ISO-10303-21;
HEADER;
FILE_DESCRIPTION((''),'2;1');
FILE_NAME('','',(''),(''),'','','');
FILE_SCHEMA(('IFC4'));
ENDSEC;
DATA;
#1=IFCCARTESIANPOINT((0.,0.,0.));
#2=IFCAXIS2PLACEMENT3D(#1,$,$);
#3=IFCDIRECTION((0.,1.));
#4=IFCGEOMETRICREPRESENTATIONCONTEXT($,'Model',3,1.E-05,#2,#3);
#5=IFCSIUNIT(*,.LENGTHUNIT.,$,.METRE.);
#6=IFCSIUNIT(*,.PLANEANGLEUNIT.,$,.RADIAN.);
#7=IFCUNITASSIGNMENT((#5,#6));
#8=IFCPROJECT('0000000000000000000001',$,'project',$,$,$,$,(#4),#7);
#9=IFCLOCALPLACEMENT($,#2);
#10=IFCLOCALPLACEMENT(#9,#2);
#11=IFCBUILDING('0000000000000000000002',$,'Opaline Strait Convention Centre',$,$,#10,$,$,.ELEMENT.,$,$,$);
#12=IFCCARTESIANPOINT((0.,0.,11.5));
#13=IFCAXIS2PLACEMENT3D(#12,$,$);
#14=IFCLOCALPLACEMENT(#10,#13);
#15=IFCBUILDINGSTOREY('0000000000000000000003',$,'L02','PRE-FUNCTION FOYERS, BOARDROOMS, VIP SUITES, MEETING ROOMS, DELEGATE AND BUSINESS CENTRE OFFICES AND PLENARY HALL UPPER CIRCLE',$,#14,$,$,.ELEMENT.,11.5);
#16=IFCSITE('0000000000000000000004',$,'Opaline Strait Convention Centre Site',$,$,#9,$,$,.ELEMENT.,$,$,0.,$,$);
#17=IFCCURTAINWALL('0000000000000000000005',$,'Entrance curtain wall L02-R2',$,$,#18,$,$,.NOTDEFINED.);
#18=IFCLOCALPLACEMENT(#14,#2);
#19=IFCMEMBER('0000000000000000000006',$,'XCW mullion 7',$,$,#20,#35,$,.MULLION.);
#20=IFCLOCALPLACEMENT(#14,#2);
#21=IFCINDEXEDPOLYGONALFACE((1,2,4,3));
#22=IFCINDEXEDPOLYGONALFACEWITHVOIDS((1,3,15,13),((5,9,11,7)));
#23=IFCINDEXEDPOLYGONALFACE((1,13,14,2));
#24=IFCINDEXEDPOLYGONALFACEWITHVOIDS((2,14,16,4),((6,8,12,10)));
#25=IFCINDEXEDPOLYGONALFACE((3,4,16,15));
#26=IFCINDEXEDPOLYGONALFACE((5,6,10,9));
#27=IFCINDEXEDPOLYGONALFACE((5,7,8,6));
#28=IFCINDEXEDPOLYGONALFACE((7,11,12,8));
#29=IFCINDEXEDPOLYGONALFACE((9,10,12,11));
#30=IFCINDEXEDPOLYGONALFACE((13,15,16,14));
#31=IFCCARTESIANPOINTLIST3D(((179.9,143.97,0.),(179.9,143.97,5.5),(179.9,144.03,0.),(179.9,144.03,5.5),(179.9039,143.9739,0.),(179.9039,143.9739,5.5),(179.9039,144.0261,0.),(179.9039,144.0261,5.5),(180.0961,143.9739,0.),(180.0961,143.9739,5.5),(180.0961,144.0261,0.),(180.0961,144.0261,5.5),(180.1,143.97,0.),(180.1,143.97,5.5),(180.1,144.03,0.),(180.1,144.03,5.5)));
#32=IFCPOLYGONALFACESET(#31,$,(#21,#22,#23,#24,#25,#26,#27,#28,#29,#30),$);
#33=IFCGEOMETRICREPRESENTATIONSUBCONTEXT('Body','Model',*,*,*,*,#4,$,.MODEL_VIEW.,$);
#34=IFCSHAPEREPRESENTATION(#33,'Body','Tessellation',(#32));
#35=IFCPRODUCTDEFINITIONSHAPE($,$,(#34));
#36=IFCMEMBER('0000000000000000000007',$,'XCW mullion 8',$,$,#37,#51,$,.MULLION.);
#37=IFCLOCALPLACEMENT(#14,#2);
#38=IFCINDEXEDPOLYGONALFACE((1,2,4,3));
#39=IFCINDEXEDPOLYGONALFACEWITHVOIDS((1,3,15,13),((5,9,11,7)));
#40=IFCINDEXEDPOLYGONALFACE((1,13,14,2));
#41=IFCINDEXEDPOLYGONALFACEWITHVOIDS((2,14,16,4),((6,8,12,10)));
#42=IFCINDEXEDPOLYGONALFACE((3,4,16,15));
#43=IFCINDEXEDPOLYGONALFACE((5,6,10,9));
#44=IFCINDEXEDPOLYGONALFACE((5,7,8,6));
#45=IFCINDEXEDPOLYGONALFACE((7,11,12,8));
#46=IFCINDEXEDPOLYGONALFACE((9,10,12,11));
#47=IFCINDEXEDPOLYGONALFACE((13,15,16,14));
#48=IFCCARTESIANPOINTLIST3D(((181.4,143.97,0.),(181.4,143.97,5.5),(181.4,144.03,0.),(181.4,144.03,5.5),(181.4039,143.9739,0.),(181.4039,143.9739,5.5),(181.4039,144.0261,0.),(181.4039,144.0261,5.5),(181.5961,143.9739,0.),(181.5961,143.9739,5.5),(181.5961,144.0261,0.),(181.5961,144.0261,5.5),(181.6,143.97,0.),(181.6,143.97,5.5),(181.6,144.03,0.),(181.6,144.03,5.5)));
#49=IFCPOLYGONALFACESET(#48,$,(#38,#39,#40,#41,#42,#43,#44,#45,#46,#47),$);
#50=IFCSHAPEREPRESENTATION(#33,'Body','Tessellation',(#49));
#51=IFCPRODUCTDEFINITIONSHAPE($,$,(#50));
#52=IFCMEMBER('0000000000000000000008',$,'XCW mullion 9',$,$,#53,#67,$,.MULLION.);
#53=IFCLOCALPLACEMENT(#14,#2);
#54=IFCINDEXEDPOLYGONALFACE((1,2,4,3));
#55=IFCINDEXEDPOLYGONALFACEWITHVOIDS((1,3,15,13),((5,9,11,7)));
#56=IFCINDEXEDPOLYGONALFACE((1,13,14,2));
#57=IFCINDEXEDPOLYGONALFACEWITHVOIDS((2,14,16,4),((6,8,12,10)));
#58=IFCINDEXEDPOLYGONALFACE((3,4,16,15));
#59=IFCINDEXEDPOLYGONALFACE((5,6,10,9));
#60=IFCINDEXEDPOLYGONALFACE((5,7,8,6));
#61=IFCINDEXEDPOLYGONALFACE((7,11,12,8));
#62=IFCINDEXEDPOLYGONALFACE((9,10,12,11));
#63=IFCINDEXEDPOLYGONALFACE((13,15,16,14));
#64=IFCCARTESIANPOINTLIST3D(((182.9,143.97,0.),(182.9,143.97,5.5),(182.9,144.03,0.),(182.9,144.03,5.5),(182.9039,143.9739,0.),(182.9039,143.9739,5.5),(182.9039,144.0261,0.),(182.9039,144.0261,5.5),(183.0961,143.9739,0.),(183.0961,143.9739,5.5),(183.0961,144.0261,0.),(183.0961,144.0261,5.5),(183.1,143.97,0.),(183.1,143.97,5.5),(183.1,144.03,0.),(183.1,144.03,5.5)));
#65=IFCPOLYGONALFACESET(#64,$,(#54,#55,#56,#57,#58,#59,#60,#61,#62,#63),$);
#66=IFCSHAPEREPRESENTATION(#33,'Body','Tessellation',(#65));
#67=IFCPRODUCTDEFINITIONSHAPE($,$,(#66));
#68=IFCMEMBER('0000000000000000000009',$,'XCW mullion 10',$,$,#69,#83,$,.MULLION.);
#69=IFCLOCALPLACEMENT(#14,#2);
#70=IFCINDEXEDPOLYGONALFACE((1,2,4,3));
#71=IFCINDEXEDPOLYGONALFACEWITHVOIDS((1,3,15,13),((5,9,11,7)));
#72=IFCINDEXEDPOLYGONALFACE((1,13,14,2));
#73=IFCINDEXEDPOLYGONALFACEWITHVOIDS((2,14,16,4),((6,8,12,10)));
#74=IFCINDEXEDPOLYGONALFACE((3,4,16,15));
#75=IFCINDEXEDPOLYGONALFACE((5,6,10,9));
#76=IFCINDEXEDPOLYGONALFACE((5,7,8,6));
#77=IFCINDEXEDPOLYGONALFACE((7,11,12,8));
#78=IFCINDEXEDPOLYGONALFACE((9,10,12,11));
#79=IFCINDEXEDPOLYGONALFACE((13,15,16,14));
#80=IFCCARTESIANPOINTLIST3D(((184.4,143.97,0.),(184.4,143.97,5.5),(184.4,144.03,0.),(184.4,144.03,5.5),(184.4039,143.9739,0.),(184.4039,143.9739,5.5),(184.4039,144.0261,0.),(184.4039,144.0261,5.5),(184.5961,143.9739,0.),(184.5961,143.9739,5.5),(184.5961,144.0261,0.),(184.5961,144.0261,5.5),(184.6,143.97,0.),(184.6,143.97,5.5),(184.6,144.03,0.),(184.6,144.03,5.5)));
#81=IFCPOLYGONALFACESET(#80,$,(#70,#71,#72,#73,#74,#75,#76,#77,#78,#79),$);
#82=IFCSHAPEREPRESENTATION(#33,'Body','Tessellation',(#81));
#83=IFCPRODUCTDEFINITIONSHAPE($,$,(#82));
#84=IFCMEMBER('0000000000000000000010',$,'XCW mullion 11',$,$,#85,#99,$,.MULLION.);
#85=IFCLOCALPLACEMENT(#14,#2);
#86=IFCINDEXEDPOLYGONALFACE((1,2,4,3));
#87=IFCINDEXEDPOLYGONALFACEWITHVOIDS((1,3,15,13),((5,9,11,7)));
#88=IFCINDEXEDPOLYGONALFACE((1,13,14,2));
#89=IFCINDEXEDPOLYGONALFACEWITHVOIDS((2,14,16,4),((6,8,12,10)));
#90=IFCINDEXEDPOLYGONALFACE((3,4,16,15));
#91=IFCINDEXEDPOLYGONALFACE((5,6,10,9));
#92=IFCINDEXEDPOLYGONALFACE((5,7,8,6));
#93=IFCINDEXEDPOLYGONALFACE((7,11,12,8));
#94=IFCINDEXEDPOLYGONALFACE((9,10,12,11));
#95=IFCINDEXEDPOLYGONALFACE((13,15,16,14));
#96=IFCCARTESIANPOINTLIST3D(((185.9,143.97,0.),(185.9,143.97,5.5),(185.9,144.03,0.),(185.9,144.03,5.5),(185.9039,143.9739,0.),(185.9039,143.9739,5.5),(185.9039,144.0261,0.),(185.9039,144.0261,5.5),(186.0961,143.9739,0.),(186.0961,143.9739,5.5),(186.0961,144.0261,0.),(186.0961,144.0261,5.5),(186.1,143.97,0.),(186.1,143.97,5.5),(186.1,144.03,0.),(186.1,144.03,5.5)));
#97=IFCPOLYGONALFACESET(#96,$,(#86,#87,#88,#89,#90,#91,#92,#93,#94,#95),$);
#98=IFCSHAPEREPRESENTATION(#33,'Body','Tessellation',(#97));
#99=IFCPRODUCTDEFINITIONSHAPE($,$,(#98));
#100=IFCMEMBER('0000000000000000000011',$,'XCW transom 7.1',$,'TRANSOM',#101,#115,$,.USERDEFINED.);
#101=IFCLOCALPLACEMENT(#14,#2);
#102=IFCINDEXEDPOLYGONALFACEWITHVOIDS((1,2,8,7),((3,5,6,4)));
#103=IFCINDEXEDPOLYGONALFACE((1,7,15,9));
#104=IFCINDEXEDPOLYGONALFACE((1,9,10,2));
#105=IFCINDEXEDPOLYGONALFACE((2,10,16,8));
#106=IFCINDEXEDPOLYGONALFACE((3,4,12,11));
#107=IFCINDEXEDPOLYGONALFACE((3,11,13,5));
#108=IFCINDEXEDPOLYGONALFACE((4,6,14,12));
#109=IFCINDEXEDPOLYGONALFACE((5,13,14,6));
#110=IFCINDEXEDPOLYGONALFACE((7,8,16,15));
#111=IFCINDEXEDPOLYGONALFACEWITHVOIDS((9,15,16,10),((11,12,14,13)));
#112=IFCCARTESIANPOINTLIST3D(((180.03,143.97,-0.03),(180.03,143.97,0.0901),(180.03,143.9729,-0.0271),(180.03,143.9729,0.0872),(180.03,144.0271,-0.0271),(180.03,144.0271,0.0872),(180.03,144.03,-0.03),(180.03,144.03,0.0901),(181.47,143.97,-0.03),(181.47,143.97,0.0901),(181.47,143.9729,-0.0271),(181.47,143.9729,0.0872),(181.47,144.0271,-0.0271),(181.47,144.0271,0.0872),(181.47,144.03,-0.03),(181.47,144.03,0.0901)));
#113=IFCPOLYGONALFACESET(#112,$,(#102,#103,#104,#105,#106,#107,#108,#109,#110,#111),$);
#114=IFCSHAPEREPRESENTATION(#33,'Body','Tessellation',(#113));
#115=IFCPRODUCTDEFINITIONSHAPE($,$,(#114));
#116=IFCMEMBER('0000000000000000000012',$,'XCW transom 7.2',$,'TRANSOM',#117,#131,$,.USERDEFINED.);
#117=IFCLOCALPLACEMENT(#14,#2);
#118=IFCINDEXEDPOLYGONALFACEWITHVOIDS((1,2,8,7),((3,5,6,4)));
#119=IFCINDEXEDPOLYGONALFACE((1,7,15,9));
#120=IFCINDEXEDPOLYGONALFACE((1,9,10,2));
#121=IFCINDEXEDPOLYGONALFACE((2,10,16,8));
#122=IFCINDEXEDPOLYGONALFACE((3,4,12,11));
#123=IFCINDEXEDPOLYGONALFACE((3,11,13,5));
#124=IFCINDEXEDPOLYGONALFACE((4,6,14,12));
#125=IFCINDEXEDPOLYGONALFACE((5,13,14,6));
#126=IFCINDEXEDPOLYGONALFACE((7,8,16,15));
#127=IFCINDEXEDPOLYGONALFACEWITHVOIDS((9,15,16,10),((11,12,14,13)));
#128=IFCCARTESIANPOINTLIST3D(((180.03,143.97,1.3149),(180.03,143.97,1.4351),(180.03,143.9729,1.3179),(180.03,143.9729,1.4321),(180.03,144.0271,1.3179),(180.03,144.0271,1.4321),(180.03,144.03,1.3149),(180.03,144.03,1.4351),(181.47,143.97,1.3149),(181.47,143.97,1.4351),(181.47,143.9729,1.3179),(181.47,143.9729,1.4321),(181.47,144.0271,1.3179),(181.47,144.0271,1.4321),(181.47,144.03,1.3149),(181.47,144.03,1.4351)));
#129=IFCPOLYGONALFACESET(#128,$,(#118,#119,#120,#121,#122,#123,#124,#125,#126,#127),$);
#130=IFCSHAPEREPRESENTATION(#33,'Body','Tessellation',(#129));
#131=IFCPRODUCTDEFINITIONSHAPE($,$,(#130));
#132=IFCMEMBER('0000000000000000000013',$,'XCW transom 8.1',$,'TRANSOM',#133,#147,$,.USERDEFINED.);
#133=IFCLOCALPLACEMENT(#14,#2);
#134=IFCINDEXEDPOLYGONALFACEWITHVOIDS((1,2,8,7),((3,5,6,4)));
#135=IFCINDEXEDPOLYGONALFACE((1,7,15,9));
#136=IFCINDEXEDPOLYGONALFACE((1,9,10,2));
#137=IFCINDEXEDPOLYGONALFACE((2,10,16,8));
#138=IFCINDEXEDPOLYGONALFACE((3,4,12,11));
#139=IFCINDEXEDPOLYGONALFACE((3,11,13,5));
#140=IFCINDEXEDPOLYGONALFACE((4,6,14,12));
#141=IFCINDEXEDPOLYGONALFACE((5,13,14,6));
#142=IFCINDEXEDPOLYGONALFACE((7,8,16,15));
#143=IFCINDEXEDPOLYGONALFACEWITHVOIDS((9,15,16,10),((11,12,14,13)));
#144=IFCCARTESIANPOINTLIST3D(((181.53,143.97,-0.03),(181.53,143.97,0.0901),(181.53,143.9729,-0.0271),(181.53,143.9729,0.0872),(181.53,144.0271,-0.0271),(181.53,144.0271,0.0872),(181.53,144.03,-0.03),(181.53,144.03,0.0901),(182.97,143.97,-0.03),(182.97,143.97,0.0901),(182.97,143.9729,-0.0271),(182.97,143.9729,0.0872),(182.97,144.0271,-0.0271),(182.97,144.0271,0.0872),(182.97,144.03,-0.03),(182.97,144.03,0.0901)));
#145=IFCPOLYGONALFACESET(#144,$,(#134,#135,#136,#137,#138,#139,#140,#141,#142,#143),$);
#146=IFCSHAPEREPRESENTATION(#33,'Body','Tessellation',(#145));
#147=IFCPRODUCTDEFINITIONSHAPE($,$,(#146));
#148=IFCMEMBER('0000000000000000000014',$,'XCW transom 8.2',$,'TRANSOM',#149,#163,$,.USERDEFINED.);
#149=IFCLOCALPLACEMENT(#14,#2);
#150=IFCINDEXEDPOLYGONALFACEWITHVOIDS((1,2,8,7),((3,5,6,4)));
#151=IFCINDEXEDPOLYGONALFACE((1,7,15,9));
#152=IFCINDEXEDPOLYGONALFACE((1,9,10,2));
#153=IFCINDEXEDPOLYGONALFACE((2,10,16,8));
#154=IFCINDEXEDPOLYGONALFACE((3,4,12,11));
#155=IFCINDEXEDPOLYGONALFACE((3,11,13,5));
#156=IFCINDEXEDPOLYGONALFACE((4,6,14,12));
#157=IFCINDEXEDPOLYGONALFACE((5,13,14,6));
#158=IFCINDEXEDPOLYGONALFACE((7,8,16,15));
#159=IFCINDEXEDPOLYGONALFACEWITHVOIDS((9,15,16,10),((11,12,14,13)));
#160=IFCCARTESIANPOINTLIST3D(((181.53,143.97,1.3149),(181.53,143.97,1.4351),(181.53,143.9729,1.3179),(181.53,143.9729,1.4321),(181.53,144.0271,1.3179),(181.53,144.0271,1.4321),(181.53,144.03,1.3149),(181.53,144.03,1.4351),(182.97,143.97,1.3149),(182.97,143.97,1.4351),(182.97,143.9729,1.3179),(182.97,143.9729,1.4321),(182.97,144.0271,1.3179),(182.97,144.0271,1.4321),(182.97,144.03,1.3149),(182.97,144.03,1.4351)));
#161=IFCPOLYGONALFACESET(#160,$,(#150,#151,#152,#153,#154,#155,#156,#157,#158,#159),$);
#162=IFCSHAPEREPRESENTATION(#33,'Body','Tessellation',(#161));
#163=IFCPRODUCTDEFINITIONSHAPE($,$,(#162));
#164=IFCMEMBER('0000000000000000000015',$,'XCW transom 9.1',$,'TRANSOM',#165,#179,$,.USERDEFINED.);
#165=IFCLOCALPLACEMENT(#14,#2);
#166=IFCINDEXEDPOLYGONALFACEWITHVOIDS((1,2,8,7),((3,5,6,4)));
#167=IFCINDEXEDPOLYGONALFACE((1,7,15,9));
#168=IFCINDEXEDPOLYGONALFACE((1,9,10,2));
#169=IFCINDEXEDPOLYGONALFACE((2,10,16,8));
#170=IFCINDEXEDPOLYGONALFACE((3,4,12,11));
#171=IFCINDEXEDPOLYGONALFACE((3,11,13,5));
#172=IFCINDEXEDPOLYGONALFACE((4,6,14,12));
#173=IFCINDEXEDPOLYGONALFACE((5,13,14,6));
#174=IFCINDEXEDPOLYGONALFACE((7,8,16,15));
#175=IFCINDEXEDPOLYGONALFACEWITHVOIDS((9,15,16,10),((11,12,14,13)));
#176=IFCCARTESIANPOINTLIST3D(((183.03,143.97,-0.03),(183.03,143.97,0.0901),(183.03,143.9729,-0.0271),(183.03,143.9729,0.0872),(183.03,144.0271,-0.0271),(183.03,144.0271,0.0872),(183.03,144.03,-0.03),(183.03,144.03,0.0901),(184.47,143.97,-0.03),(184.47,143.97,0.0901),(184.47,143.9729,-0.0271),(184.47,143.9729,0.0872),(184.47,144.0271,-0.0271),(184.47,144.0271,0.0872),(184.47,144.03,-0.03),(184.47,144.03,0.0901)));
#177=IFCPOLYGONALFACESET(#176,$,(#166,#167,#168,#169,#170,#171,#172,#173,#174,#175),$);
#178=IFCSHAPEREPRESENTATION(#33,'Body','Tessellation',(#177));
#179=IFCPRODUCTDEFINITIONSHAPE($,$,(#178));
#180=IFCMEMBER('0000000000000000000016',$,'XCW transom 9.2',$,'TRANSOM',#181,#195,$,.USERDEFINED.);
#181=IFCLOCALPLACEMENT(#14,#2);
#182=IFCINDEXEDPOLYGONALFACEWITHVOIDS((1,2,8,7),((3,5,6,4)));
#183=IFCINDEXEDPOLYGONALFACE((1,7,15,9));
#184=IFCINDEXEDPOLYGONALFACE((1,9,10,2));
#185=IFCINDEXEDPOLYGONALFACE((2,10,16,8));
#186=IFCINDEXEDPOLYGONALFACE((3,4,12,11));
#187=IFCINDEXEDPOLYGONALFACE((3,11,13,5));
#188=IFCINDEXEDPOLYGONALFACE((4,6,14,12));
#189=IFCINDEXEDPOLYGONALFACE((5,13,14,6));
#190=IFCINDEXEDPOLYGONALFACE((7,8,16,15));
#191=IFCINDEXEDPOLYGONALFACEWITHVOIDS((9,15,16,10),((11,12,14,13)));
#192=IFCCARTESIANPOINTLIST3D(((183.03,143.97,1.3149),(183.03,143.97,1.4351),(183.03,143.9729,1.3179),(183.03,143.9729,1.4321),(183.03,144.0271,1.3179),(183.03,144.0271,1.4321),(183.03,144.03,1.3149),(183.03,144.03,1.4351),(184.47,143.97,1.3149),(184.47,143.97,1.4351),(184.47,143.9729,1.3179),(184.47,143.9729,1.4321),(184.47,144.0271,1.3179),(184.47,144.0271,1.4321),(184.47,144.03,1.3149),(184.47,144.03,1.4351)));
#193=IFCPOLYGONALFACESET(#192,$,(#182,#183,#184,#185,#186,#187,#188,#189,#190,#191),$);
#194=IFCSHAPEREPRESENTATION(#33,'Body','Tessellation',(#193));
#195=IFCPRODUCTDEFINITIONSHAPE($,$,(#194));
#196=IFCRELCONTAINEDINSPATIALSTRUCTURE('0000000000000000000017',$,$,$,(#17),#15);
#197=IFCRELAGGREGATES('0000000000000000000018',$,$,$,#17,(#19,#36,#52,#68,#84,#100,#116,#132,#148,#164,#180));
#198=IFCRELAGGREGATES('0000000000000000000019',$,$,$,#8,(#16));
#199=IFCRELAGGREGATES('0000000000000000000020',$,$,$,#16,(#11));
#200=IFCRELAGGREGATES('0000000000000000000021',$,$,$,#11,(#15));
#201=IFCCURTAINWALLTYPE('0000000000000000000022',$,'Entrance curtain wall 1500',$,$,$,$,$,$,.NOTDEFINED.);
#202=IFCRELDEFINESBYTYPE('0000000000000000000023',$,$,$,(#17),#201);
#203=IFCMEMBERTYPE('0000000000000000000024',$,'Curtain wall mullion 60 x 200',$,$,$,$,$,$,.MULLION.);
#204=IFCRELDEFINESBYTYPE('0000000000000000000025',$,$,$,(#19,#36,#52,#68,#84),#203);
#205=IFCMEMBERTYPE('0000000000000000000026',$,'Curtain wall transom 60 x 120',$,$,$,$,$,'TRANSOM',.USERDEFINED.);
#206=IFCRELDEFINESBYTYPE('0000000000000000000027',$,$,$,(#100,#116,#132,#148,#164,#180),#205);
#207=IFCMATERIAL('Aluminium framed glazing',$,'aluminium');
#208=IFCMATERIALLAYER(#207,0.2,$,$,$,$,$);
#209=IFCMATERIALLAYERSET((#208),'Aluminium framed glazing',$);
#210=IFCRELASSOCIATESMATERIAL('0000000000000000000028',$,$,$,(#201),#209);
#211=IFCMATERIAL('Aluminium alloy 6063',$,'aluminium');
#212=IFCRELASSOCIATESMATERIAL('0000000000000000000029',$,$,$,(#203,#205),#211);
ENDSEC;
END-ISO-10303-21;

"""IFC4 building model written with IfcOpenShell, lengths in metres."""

from ifc_helpers import new_model, si_unit, direction, frame, origin, origin_2d, place, context, subcontext, project, spatial, hollow_rectangle, extrude, material, layer, layer_set, material_profile, profile_set, type_object, element, aggregate, save


model = new_model("IFC4")

# Units and contexts
model_context = context("Model", 3, precision=1e-05, world=origin(), true_north=direction((0.0, 1.0)))
body_context = subcontext(model_context, "Body", "Model", "MODEL_VIEW")
ifc_project = project(units=[si_unit("LENGTHUNIT", "METRE"), si_unit("PLANEANGLEUNIT", "RADIAN")], contexts=[model_context])

# Site, building, storey
site_placement = place(None, origin())
site = spatial("IfcSite", under=ifc_project, at=site_placement, Name="Opaline Strait Convention Centre Site", CompositionType="ELEMENT", RefElevation=0.0)
building_placement = place(site_placement, origin())
building = spatial("IfcBuilding", under=site, at=building_placement, Name="Opaline Strait Convention Centre", CompositionType="ELEMENT")
storey_placement = place(building_placement, frame((0.0, 0.0, 11.5)))
storey = spatial("IfcBuildingStorey", under=building, at=storey_placement, Name="L02", Description="PRE-FUNCTION FOYERS, BOARDROOMS, VIP SUITES, MEETING ROOMS, DELEGATE AND BUSINESS CENTRE OFFICES AND PLENARY HALL UPPER CIRCLE", CompositionType="ELEMENT", Elevation=11.5)

# Curtain wall, members
ifc_material_1 = material(Name="Aluminium framed glazing", Category="aluminium")
ifc_layer_1 = layer(ifc_material_1, 0.2)
ifc_layer_set_1 = layer_set([ifc_layer_1], Name="Aluminium framed glazing")
curtain_wall_type = type_object("IfcCurtainWallType", Name="Entrance curtain wall 1500", PredefinedType="NOTDEFINED", material=ifc_layer_set_1)
curtain_wall_placement = place(storey_placement, origin())
curtain_wall = element("IfcCurtainWall", 1, at=curtain_wall_placement, inside=storey, type_object=curtain_wall_type, Name="Entrance curtain wall L02-R2", PredefinedType="NOTDEFINED")
ifc_material_2 = material(Name="Aluminium alloy 6063", Category="aluminium")
ifc_material_profile_1 = material_profile(ifc_material_2, hollow_rectangle(XDim=0.0601, YDim=0.2, WallThickness=0.0039, at=origin_2d()), Name="MULLION 60x200x4")
ifc_profile_set_1 = profile_set([ifc_material_profile_1], Name="Aluminium alloy 6063")
member_type_1 = type_object("IfcMemberType", Name="Curtain wall mullion 60 x 200", PredefinedType="MULLION", material=ifc_profile_set_1)
member_1_placement = place(storey_placement, frame((180.0, 144.0, 0.0), z_axis=(0.0, 0.0, 1.0), x_axis=(0.0, 1.0, 0.0)))
member_1 = element("IfcMember", 2, at=member_1_placement, type_object=member_type_1, Name="XCW mullion 7", PredefinedType="MULLION", context=body_context, shape_type="SweptSolid", body=[
    extrude(hollow_rectangle(XDim=0.0601, YDim=0.2, WallThickness=0.0039, at=origin_2d()), origin(), (0.0, 0.0, 1.0), 5.5),
])
member_2_placement = place(storey_placement, frame((181.5, 144.0, 0.0), z_axis=(0.0, 0.0, 1.0), x_axis=(0.0, 1.0, 0.0)))
member_2 = element("IfcMember", 3, at=member_2_placement, type_object=member_type_1, Name="XCW mullion 8", PredefinedType="MULLION", context=body_context, shape_type="SweptSolid", body=[
    extrude(hollow_rectangle(XDim=0.0601, YDim=0.2, WallThickness=0.0039, at=origin_2d()), origin(), (0.0, 0.0, 1.0), 5.5),
])
member_3_placement = place(storey_placement, frame((183.0, 144.0, 0.0), z_axis=(0.0, 0.0, 1.0), x_axis=(0.0, 1.0, 0.0)))
member_3 = element("IfcMember", 4, at=member_3_placement, type_object=member_type_1, Name="XCW mullion 9", PredefinedType="MULLION", context=body_context, shape_type="SweptSolid", body=[
    extrude(hollow_rectangle(XDim=0.0601, YDim=0.2, WallThickness=0.0039, at=origin_2d()), origin(), (0.0, 0.0, 1.0), 5.5),
])
member_4_placement = place(storey_placement, frame((184.5, 144.0, 0.0), z_axis=(0.0, 0.0, 1.0), x_axis=(0.0, 1.0, 0.0)))
member_4 = element("IfcMember", 5, at=member_4_placement, type_object=member_type_1, Name="XCW mullion 10", PredefinedType="MULLION", context=body_context, shape_type="SweptSolid", body=[
    extrude(hollow_rectangle(XDim=0.0601, YDim=0.2, WallThickness=0.0039, at=origin_2d()), origin(), (0.0, 0.0, 1.0), 5.5),
])
member_5_placement = place(storey_placement, frame((186.0, 144.0, 0.0), z_axis=(0.0, 0.0, 1.0), x_axis=(0.0, 1.0, 0.0)))
member_5 = element("IfcMember", 6, at=member_5_placement, type_object=member_type_1, Name="XCW mullion 11", PredefinedType="MULLION", context=body_context, shape_type="SweptSolid", body=[
    extrude(hollow_rectangle(XDim=0.0601, YDim=0.2, WallThickness=0.0039, at=origin_2d()), origin(), (0.0, 0.0, 1.0), 5.5),
])
ifc_material_profile_2 = material_profile(ifc_material_2, hollow_rectangle(XDim=0.0601, YDim=0.1201, WallThickness=0.0029, at=origin_2d()), Name="TRANSOM 60x120x3")
ifc_profile_set_2 = profile_set([ifc_material_profile_2], Name="Aluminium alloy 6063")
member_type_2 = type_object("IfcMemberType", Name="Curtain wall transom 60 x 120", ElementType="TRANSOM", PredefinedType="USERDEFINED", material=ifc_profile_set_2)
member_6_placement = place(storey_placement, frame((180.03, 144.0, 0.03), z_axis=(1.0, 0.0, 0.0), x_axis=(0.0, 1.0, 0.0)))
member_6 = element("IfcMember", 7, at=member_6_placement, type_object=member_type_2, Name="XCW transom 7.1", ObjectType="TRANSOM", PredefinedType="USERDEFINED", context=body_context, shape_type="SweptSolid", body=[
    extrude(hollow_rectangle(XDim=0.0601, YDim=0.1201, WallThickness=0.0029, at=origin_2d()), origin(), (0.0, 0.0, 1.0), 1.4399),
])
member_7_placement = place(storey_placement, frame((180.03, 144.0, 1.375), z_axis=(1.0, 0.0, 0.0), x_axis=(0.0, 1.0, 0.0)))
member_7 = element("IfcMember", 8, at=member_7_placement, type_object=member_type_2, Name="XCW transom 7.2", ObjectType="TRANSOM", PredefinedType="USERDEFINED", context=body_context, shape_type="SweptSolid", body=[
    extrude(hollow_rectangle(XDim=0.0601, YDim=0.1201, WallThickness=0.0029, at=origin_2d()), origin(), (0.0, 0.0, 1.0), 1.4399),
])
member_8_placement = place(storey_placement, frame((181.53, 144.0, 0.03), z_axis=(1.0, 0.0, 0.0), x_axis=(0.0, 1.0, 0.0)))
member_8 = element("IfcMember", 9, at=member_8_placement, type_object=member_type_2, Name="XCW transom 8.1", ObjectType="TRANSOM", PredefinedType="USERDEFINED", context=body_context, shape_type="SweptSolid", body=[
    extrude(hollow_rectangle(XDim=0.0601, YDim=0.1201, WallThickness=0.0029, at=origin_2d()), origin(), (0.0, 0.0, 1.0), 1.4399),
])
member_9_placement = place(storey_placement, frame((181.53, 144.0, 1.375), z_axis=(1.0, 0.0, 0.0), x_axis=(0.0, 1.0, 0.0)))
member_9 = element("IfcMember", 10, at=member_9_placement, type_object=member_type_2, Name="XCW transom 8.2", ObjectType="TRANSOM", PredefinedType="USERDEFINED", context=body_context, shape_type="SweptSolid", body=[
    extrude(hollow_rectangle(XDim=0.0601, YDim=0.1201, WallThickness=0.0029, at=origin_2d()), origin(), (0.0, 0.0, 1.0), 1.4399),
])
member_10_placement = place(storey_placement, frame((183.03, 144.0, 0.03), z_axis=(1.0, 0.0, 0.0), x_axis=(0.0, 1.0, 0.0)))
member_10 = element("IfcMember", 11, at=member_10_placement, type_object=member_type_2, Name="XCW transom 9.1", ObjectType="TRANSOM", PredefinedType="USERDEFINED", context=body_context, shape_type="SweptSolid", body=[
    extrude(hollow_rectangle(XDim=0.0601, YDim=0.1201, WallThickness=0.0029, at=origin_2d()), origin(), (0.0, 0.0, 1.0), 1.4399),
])
member_11_placement = place(storey_placement, frame((183.03, 144.0, 1.375), z_axis=(1.0, 0.0, 0.0), x_axis=(0.0, 1.0, 0.0)))
member_11 = element("IfcMember", 12, at=member_11_placement, type_object=member_type_2, Name="XCW transom 9.2", ObjectType="TRANSOM", PredefinedType="USERDEFINED", context=body_context, shape_type="SweptSolid", body=[
    extrude(hollow_rectangle(XDim=0.0601, YDim=0.1201, WallThickness=0.0029, at=origin_2d()), origin(), (0.0, 0.0, 1.0), 1.4399),
])
aggregate(curtain_wall, [member_1, member_2, member_3, member_4, member_5, member_6, member_7, member_8, member_9, member_10, member_11])

save(model, "model.ifc")
